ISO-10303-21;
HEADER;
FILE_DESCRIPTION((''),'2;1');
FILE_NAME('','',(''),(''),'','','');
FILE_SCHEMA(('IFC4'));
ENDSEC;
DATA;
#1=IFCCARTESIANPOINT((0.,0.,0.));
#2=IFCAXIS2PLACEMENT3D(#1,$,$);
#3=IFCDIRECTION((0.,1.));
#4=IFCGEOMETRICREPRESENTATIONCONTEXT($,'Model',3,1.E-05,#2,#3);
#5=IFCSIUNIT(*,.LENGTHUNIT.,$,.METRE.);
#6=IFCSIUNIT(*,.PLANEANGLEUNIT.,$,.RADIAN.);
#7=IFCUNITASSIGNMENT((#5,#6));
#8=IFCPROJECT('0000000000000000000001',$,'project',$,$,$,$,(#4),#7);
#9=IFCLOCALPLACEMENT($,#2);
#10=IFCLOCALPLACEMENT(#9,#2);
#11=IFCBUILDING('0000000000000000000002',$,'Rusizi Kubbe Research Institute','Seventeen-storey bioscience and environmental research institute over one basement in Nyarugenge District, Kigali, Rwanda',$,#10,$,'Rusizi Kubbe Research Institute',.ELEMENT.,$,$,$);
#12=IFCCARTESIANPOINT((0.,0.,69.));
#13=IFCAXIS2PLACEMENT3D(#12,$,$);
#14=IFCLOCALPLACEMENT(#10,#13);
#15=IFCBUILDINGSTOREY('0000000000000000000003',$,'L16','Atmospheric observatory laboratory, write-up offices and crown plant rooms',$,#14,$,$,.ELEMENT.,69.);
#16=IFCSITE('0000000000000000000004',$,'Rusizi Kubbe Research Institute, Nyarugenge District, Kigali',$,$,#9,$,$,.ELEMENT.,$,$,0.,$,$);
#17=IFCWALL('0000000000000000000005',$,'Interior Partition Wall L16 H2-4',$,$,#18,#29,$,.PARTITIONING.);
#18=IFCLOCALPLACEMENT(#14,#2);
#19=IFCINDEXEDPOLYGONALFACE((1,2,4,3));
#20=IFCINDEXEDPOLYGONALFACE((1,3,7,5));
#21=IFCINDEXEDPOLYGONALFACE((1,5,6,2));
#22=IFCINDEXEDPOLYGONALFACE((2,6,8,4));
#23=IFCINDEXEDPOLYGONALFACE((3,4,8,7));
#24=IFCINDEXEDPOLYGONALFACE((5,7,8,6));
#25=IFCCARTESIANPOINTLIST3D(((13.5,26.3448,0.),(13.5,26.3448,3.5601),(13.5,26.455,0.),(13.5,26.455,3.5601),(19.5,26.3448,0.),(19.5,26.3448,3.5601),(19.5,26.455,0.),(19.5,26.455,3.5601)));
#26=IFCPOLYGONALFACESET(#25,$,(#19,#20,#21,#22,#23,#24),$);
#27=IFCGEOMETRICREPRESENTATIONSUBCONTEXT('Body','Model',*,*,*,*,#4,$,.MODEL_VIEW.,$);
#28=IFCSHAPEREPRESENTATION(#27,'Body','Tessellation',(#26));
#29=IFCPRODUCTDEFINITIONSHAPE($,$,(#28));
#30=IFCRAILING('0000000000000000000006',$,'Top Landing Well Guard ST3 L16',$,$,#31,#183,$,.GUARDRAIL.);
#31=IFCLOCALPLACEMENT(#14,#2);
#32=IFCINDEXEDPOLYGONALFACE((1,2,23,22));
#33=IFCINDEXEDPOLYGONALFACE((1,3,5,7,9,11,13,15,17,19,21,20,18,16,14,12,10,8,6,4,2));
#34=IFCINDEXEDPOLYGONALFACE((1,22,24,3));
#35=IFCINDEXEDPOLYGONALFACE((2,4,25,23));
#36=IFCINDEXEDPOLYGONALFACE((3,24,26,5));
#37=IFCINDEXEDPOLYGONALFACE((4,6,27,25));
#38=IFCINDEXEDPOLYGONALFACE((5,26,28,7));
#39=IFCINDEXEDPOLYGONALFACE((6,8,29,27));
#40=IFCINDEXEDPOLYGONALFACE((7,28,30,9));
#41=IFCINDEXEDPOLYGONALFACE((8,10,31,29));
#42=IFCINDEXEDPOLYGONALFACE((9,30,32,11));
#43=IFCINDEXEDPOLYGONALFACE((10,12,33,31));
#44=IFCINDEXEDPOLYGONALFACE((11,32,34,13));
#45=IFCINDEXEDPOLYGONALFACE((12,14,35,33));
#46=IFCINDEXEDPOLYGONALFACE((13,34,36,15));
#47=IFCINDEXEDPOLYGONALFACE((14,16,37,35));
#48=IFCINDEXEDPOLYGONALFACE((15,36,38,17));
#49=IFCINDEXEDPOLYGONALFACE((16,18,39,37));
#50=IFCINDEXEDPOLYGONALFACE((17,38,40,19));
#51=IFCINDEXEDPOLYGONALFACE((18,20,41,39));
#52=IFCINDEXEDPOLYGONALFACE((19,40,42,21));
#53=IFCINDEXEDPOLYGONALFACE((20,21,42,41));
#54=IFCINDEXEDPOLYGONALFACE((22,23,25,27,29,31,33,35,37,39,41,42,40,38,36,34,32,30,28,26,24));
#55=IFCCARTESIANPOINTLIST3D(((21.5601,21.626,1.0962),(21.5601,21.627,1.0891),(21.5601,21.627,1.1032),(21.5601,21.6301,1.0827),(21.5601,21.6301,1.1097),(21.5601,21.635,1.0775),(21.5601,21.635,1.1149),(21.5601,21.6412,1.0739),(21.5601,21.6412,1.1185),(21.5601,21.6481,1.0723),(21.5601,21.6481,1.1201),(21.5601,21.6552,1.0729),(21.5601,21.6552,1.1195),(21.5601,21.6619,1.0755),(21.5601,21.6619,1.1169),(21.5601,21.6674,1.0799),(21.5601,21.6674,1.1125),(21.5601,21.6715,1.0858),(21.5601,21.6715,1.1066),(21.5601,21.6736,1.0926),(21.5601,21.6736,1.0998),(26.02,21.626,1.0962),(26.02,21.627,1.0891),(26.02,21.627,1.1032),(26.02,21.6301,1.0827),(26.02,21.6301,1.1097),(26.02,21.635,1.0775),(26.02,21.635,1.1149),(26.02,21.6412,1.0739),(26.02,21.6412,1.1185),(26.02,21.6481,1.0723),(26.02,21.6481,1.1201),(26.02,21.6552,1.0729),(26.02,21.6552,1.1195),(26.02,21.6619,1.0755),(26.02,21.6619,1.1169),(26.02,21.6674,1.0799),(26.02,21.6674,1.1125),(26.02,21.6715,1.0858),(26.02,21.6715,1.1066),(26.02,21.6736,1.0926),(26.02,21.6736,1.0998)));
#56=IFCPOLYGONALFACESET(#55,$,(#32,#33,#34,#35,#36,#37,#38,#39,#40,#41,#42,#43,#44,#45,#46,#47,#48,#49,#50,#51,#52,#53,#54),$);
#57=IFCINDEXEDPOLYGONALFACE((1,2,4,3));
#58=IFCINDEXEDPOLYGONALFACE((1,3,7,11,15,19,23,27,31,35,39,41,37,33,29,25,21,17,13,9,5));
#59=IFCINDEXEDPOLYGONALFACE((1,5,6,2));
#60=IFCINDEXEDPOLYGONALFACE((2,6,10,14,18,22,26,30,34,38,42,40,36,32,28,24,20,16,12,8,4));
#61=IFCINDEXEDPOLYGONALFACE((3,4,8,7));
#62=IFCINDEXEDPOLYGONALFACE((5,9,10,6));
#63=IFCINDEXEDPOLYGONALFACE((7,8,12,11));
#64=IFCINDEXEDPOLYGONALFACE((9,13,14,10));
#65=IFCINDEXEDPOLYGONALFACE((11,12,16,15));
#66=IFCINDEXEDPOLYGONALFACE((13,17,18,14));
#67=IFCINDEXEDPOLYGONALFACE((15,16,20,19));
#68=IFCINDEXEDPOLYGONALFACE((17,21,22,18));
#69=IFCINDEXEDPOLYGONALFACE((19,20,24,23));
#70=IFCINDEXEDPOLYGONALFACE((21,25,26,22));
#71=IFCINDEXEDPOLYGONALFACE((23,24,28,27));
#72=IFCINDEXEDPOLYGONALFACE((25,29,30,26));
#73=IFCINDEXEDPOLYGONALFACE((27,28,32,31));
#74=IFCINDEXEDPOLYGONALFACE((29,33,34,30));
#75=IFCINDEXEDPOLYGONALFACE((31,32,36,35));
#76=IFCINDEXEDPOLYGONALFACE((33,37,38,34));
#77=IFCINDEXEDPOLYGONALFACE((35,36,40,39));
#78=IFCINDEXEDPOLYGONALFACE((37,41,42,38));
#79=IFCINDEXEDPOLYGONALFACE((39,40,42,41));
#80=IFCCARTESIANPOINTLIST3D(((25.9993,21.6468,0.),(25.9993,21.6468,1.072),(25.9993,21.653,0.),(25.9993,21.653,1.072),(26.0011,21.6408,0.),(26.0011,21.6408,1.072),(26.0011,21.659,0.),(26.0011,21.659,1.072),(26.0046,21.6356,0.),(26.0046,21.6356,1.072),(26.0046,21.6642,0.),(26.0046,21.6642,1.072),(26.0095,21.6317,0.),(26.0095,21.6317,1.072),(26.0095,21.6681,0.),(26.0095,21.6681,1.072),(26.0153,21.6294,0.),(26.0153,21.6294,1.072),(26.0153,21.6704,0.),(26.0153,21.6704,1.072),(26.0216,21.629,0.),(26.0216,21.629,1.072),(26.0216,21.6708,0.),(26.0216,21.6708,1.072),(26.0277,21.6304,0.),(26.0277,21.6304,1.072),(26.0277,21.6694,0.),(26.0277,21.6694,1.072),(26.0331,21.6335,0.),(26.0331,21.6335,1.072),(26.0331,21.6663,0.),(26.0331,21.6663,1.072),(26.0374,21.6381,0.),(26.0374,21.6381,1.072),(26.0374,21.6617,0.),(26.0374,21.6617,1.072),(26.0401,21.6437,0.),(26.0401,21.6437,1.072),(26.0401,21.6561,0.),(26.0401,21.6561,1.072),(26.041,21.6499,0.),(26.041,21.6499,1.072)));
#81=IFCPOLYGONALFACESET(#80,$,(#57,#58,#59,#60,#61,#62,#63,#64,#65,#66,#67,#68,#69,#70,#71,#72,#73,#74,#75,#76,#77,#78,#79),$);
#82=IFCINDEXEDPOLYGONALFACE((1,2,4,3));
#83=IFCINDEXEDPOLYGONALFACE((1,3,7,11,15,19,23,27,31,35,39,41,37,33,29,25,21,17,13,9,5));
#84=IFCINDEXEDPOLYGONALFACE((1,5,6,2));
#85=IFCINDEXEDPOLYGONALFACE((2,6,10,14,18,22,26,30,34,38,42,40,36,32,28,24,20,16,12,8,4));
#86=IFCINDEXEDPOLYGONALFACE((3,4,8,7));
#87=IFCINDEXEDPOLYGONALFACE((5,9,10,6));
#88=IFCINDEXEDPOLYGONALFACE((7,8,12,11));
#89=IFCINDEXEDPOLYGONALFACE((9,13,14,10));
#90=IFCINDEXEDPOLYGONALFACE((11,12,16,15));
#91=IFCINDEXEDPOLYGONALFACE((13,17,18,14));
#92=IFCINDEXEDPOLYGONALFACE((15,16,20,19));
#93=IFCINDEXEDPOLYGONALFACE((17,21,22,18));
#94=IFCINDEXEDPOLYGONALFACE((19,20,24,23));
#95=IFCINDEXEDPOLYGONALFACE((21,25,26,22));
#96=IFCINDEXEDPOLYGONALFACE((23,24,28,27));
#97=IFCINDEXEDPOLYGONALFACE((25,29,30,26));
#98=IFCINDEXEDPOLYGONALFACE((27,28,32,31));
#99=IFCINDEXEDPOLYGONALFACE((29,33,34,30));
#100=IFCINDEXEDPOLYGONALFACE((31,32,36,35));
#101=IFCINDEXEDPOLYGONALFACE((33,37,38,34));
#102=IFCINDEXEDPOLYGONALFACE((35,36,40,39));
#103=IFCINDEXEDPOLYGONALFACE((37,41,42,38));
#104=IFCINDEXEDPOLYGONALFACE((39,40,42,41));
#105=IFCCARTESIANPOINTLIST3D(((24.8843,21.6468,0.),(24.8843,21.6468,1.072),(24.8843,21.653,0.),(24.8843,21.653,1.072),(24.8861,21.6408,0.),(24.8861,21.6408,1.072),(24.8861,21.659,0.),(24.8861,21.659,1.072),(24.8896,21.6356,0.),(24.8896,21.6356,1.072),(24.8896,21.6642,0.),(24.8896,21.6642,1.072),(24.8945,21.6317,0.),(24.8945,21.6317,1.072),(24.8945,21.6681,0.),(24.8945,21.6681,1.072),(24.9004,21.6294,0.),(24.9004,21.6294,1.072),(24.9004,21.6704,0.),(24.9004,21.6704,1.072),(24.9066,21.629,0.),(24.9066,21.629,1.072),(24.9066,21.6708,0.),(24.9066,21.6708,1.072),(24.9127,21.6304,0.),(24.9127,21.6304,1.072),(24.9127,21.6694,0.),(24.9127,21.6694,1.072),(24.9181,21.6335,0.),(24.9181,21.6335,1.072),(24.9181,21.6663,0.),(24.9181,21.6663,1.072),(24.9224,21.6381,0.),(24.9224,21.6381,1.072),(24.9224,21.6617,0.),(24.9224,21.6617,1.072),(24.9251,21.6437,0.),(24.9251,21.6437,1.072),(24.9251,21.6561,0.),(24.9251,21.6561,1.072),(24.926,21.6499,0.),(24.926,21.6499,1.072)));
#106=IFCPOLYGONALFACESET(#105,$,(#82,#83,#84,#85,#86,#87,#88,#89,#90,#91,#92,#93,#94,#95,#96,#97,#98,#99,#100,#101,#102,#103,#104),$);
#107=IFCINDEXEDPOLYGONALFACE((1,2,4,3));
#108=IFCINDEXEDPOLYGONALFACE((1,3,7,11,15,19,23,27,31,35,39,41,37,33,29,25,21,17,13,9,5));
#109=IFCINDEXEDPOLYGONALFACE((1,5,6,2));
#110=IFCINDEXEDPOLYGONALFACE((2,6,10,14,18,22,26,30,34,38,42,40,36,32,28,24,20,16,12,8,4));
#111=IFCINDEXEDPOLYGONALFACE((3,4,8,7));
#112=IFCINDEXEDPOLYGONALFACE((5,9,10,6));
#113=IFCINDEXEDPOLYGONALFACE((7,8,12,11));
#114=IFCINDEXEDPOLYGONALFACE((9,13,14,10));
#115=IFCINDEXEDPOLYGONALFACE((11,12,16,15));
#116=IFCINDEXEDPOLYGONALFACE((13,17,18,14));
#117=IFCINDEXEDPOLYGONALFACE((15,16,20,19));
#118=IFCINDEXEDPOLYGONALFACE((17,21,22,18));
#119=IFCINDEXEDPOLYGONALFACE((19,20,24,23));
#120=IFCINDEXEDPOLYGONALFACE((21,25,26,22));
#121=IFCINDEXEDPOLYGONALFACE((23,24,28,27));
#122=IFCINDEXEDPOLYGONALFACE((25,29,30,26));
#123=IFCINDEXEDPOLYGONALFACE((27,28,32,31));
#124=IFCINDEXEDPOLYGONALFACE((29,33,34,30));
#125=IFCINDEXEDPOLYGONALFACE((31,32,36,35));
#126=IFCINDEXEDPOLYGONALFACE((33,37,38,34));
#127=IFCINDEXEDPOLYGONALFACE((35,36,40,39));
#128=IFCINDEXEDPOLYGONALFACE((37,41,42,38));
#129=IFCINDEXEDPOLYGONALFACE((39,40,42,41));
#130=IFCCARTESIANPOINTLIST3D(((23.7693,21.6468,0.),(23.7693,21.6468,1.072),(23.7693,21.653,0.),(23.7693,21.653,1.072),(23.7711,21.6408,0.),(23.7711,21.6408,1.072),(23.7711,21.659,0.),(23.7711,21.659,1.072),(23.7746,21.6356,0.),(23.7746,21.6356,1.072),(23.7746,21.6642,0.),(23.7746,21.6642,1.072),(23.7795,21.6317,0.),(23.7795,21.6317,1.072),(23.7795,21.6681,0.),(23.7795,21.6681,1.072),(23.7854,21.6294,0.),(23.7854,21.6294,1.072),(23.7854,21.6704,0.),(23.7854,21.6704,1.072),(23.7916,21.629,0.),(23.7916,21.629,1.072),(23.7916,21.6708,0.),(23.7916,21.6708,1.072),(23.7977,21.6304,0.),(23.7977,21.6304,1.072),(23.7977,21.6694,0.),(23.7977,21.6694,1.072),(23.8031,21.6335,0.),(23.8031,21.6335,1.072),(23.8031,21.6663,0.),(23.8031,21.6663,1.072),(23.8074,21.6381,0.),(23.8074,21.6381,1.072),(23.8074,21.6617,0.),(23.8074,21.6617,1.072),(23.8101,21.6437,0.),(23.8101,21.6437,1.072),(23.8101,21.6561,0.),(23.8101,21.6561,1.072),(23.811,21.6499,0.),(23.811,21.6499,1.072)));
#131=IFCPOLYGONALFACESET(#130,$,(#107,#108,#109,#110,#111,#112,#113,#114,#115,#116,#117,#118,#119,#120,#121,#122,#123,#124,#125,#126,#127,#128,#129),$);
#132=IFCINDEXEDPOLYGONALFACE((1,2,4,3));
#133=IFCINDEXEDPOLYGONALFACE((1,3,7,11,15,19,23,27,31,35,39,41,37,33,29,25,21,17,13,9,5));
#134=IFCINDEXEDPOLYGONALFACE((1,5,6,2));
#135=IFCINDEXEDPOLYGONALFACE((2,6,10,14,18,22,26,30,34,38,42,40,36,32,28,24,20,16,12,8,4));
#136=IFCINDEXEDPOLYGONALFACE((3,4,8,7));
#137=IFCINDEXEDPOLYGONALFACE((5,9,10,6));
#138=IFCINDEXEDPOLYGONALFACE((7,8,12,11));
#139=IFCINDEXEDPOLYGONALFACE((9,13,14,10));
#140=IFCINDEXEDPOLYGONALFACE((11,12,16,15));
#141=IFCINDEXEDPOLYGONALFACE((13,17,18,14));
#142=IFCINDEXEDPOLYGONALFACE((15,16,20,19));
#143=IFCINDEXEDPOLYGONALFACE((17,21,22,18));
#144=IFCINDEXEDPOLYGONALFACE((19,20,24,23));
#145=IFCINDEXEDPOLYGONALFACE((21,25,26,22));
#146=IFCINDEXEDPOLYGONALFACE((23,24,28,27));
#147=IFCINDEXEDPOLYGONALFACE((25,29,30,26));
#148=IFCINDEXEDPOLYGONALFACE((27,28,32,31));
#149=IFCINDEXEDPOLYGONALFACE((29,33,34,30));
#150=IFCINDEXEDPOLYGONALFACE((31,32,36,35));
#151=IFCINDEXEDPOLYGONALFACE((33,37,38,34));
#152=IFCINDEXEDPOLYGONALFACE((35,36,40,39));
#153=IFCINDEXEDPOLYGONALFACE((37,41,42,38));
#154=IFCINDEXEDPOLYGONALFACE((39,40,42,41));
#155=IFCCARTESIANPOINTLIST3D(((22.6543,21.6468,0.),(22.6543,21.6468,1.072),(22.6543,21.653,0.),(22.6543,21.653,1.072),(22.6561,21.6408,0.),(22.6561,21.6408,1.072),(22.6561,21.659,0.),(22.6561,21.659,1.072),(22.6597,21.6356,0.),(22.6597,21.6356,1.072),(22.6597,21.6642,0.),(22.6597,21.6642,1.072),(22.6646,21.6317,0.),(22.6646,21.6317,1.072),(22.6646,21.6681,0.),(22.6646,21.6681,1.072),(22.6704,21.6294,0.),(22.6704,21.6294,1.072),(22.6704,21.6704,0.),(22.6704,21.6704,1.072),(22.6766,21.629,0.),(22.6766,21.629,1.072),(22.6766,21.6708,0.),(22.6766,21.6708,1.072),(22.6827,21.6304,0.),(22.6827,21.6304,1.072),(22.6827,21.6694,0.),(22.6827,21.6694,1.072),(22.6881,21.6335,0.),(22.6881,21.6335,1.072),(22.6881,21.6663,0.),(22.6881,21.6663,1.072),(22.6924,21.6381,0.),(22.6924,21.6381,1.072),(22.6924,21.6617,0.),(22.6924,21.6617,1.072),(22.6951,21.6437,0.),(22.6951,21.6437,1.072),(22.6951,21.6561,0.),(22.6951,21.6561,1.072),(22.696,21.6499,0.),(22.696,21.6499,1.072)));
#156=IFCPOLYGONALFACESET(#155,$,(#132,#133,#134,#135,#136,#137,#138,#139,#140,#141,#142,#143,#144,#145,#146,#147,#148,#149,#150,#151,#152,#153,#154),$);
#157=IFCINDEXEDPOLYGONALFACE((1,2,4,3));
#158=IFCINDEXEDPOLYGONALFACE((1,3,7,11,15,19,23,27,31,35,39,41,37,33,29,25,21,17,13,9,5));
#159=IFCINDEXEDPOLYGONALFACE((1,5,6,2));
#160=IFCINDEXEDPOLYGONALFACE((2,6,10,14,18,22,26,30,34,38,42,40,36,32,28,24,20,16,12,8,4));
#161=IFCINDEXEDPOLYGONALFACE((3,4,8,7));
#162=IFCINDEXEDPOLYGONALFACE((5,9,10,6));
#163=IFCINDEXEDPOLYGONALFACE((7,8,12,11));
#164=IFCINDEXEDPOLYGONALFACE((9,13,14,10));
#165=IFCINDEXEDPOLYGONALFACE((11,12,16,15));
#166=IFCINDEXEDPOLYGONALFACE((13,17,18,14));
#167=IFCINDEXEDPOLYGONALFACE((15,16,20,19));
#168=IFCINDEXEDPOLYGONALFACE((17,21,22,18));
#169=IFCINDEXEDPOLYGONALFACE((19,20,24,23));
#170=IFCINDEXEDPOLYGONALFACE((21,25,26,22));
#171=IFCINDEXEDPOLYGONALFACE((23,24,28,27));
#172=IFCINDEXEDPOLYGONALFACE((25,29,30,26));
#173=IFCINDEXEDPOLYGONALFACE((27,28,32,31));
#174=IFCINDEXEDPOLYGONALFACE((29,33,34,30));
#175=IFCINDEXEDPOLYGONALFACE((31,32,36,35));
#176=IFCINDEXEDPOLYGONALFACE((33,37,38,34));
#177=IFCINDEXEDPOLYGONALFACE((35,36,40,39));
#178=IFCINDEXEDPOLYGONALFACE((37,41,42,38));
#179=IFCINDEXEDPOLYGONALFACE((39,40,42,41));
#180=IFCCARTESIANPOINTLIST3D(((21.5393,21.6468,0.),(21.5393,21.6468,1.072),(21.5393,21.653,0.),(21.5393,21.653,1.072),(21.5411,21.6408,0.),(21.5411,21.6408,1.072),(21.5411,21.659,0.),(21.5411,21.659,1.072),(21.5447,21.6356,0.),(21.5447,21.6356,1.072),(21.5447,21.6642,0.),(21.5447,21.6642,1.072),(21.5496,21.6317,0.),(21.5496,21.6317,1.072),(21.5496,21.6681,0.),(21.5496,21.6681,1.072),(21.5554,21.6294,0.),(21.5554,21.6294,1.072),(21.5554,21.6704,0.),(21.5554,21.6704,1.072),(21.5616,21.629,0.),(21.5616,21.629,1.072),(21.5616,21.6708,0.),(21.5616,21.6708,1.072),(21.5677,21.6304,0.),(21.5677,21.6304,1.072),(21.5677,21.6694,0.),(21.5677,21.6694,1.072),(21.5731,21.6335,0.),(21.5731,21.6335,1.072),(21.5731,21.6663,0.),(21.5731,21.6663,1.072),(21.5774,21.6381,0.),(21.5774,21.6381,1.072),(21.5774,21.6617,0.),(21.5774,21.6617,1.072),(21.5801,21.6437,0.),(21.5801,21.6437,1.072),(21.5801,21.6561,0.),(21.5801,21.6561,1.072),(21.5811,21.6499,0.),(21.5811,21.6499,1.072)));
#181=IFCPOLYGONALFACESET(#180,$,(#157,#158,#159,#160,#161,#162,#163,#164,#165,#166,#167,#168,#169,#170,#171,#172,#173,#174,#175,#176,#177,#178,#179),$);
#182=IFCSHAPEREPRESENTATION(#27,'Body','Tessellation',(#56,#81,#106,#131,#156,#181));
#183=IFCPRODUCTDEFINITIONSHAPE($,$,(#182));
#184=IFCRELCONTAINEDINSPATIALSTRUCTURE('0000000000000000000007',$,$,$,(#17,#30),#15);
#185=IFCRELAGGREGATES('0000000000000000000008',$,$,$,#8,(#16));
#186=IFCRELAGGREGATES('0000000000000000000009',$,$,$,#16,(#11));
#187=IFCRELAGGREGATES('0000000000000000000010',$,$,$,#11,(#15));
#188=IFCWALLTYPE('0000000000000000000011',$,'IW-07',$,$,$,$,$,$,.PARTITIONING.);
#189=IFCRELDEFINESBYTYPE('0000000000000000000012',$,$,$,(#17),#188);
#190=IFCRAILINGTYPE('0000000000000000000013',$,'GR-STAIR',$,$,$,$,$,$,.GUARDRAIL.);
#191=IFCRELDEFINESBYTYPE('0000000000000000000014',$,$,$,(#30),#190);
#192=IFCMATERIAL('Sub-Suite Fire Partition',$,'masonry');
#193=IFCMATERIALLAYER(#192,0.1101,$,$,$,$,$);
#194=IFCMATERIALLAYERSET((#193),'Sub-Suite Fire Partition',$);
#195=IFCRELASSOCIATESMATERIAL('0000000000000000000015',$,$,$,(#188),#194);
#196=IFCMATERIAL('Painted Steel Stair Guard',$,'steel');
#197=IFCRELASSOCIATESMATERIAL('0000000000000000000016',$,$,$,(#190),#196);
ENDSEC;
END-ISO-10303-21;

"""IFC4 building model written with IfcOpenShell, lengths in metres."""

from ifc_helpers import new_model, si_unit, direction, frame, frame_2d, origin, origin_2d, place, context, subcontext, project, spatial, rectangle, circle, extrude, material, layer, layer_set, type_object, element, save


model = new_model("IFC4")

# Units and contexts
model_context = context("Model", 3, precision=1e-05, world=origin(), true_north=direction((0.0, 1.0)))
body_context = subcontext(model_context, "Body", "Model", "MODEL_VIEW")
ifc_project = project(units=[si_unit("LENGTHUNIT", "METRE"), si_unit("PLANEANGLEUNIT", "RADIAN")], contexts=[model_context])

# Site, building, storey
site_placement = place(None, origin())
site = spatial("IfcSite", under=ifc_project, at=site_placement, Name="Rusizi Kubbe Research Institute, Nyarugenge District, Kigali", CompositionType="ELEMENT", RefElevation=0.0)
building_placement = place(site_placement, origin())
building = spatial("IfcBuilding", under=site, at=building_placement, Name="Rusizi Kubbe Research Institute", Description="Seventeen-storey bioscience and environmental research institute over one basement in Nyarugenge District, Kigali, Rwanda", LongName="Rusizi Kubbe Research Institute", CompositionType="ELEMENT")
storey_placement = place(building_placement, frame((0.0, 0.0, 69.0)))
storey = spatial("IfcBuildingStorey", under=building, at=storey_placement, Name="L16", Description="Atmospheric observatory laboratory, write-up offices and crown plant rooms", CompositionType="ELEMENT", Elevation=69.0)

# Wall
ifc_material_1 = material(Name="Sub-Suite Fire Partition", Category="masonry")
ifc_layer_1 = layer(ifc_material_1, 0.1101)
ifc_layer_set_1 = layer_set([ifc_layer_1], Name="Sub-Suite Fire Partition")
wall_type_1 = type_object("IfcWallType", Name="IW-07", PredefinedType="PARTITIONING", material=ifc_layer_set_1)
wall_1_placement = place(storey_placement, frame((13.5, 26.3999, 0.0), z_axis=(0.0, 0.0, 1.0), x_axis=(1.0, 0.0, 0.0)))
element("IfcWall", 1, at=wall_1_placement, inside=storey, type_object=wall_type_1, Name="Interior Partition Wall L16 H2-4", PredefinedType="PARTITIONING", context=body_context, shape_type="SweptSolid", body=[
    extrude(rectangle(XDim=6.0, YDim=0.1101, at=frame_2d((3.0, 0.0))), origin(), (0.0, 0.0, 1.0), 3.5601),
])

# Railing
ifc_material_2 = material(Name="Painted Steel Stair Guard", Category="steel")
railing_type = type_object("IfcRailingType", Name="GR-STAIR", PredefinedType="GUARDRAIL", material=ifc_material_2)
railing_placement = place(storey_placement, frame((26.02, 21.6499, 0.0)))
element("IfcRailing", 2, at=railing_placement, inside=storey, type_object=railing_type, Name="Top Landing Well Guard ST3 L16", PredefinedType="GUARDRAIL", context=body_context, shape_type="SweptSolid", body=[
    extrude(circle(Radius=0.0239, at=origin_2d()), frame((0.0, 0.0, 1.0962), z_axis=(-1.0, 0.0, 0.0), x_axis=(0.0, -1.0, 0.0)), (0.0, 0.0, 1.0), 4.46),
    extrude(circle(Radius=0.021, at=origin_2d()), origin(), (0.0, 0.0, 1.0), 1.072),
    extrude(circle(Radius=0.021, at=origin_2d()), frame((-1.115, 0.0, 0.0)), (0.0, 0.0, 1.0), 1.072),
    extrude(circle(Radius=0.021, at=origin_2d()), frame((-2.23, 0.0, 0.0)), (0.0, 0.0, 1.0), 1.072),
    extrude(circle(Radius=0.021, at=origin_2d()), frame((-3.345, 0.0, 0.0)), (0.0, 0.0, 1.0), 1.072),
    extrude(circle(Radius=0.021, at=origin_2d()), frame((-4.46, 0.0, 0.0)), (0.0, 0.0, 1.0), 1.072),
])

save(model, "model.ifc")
